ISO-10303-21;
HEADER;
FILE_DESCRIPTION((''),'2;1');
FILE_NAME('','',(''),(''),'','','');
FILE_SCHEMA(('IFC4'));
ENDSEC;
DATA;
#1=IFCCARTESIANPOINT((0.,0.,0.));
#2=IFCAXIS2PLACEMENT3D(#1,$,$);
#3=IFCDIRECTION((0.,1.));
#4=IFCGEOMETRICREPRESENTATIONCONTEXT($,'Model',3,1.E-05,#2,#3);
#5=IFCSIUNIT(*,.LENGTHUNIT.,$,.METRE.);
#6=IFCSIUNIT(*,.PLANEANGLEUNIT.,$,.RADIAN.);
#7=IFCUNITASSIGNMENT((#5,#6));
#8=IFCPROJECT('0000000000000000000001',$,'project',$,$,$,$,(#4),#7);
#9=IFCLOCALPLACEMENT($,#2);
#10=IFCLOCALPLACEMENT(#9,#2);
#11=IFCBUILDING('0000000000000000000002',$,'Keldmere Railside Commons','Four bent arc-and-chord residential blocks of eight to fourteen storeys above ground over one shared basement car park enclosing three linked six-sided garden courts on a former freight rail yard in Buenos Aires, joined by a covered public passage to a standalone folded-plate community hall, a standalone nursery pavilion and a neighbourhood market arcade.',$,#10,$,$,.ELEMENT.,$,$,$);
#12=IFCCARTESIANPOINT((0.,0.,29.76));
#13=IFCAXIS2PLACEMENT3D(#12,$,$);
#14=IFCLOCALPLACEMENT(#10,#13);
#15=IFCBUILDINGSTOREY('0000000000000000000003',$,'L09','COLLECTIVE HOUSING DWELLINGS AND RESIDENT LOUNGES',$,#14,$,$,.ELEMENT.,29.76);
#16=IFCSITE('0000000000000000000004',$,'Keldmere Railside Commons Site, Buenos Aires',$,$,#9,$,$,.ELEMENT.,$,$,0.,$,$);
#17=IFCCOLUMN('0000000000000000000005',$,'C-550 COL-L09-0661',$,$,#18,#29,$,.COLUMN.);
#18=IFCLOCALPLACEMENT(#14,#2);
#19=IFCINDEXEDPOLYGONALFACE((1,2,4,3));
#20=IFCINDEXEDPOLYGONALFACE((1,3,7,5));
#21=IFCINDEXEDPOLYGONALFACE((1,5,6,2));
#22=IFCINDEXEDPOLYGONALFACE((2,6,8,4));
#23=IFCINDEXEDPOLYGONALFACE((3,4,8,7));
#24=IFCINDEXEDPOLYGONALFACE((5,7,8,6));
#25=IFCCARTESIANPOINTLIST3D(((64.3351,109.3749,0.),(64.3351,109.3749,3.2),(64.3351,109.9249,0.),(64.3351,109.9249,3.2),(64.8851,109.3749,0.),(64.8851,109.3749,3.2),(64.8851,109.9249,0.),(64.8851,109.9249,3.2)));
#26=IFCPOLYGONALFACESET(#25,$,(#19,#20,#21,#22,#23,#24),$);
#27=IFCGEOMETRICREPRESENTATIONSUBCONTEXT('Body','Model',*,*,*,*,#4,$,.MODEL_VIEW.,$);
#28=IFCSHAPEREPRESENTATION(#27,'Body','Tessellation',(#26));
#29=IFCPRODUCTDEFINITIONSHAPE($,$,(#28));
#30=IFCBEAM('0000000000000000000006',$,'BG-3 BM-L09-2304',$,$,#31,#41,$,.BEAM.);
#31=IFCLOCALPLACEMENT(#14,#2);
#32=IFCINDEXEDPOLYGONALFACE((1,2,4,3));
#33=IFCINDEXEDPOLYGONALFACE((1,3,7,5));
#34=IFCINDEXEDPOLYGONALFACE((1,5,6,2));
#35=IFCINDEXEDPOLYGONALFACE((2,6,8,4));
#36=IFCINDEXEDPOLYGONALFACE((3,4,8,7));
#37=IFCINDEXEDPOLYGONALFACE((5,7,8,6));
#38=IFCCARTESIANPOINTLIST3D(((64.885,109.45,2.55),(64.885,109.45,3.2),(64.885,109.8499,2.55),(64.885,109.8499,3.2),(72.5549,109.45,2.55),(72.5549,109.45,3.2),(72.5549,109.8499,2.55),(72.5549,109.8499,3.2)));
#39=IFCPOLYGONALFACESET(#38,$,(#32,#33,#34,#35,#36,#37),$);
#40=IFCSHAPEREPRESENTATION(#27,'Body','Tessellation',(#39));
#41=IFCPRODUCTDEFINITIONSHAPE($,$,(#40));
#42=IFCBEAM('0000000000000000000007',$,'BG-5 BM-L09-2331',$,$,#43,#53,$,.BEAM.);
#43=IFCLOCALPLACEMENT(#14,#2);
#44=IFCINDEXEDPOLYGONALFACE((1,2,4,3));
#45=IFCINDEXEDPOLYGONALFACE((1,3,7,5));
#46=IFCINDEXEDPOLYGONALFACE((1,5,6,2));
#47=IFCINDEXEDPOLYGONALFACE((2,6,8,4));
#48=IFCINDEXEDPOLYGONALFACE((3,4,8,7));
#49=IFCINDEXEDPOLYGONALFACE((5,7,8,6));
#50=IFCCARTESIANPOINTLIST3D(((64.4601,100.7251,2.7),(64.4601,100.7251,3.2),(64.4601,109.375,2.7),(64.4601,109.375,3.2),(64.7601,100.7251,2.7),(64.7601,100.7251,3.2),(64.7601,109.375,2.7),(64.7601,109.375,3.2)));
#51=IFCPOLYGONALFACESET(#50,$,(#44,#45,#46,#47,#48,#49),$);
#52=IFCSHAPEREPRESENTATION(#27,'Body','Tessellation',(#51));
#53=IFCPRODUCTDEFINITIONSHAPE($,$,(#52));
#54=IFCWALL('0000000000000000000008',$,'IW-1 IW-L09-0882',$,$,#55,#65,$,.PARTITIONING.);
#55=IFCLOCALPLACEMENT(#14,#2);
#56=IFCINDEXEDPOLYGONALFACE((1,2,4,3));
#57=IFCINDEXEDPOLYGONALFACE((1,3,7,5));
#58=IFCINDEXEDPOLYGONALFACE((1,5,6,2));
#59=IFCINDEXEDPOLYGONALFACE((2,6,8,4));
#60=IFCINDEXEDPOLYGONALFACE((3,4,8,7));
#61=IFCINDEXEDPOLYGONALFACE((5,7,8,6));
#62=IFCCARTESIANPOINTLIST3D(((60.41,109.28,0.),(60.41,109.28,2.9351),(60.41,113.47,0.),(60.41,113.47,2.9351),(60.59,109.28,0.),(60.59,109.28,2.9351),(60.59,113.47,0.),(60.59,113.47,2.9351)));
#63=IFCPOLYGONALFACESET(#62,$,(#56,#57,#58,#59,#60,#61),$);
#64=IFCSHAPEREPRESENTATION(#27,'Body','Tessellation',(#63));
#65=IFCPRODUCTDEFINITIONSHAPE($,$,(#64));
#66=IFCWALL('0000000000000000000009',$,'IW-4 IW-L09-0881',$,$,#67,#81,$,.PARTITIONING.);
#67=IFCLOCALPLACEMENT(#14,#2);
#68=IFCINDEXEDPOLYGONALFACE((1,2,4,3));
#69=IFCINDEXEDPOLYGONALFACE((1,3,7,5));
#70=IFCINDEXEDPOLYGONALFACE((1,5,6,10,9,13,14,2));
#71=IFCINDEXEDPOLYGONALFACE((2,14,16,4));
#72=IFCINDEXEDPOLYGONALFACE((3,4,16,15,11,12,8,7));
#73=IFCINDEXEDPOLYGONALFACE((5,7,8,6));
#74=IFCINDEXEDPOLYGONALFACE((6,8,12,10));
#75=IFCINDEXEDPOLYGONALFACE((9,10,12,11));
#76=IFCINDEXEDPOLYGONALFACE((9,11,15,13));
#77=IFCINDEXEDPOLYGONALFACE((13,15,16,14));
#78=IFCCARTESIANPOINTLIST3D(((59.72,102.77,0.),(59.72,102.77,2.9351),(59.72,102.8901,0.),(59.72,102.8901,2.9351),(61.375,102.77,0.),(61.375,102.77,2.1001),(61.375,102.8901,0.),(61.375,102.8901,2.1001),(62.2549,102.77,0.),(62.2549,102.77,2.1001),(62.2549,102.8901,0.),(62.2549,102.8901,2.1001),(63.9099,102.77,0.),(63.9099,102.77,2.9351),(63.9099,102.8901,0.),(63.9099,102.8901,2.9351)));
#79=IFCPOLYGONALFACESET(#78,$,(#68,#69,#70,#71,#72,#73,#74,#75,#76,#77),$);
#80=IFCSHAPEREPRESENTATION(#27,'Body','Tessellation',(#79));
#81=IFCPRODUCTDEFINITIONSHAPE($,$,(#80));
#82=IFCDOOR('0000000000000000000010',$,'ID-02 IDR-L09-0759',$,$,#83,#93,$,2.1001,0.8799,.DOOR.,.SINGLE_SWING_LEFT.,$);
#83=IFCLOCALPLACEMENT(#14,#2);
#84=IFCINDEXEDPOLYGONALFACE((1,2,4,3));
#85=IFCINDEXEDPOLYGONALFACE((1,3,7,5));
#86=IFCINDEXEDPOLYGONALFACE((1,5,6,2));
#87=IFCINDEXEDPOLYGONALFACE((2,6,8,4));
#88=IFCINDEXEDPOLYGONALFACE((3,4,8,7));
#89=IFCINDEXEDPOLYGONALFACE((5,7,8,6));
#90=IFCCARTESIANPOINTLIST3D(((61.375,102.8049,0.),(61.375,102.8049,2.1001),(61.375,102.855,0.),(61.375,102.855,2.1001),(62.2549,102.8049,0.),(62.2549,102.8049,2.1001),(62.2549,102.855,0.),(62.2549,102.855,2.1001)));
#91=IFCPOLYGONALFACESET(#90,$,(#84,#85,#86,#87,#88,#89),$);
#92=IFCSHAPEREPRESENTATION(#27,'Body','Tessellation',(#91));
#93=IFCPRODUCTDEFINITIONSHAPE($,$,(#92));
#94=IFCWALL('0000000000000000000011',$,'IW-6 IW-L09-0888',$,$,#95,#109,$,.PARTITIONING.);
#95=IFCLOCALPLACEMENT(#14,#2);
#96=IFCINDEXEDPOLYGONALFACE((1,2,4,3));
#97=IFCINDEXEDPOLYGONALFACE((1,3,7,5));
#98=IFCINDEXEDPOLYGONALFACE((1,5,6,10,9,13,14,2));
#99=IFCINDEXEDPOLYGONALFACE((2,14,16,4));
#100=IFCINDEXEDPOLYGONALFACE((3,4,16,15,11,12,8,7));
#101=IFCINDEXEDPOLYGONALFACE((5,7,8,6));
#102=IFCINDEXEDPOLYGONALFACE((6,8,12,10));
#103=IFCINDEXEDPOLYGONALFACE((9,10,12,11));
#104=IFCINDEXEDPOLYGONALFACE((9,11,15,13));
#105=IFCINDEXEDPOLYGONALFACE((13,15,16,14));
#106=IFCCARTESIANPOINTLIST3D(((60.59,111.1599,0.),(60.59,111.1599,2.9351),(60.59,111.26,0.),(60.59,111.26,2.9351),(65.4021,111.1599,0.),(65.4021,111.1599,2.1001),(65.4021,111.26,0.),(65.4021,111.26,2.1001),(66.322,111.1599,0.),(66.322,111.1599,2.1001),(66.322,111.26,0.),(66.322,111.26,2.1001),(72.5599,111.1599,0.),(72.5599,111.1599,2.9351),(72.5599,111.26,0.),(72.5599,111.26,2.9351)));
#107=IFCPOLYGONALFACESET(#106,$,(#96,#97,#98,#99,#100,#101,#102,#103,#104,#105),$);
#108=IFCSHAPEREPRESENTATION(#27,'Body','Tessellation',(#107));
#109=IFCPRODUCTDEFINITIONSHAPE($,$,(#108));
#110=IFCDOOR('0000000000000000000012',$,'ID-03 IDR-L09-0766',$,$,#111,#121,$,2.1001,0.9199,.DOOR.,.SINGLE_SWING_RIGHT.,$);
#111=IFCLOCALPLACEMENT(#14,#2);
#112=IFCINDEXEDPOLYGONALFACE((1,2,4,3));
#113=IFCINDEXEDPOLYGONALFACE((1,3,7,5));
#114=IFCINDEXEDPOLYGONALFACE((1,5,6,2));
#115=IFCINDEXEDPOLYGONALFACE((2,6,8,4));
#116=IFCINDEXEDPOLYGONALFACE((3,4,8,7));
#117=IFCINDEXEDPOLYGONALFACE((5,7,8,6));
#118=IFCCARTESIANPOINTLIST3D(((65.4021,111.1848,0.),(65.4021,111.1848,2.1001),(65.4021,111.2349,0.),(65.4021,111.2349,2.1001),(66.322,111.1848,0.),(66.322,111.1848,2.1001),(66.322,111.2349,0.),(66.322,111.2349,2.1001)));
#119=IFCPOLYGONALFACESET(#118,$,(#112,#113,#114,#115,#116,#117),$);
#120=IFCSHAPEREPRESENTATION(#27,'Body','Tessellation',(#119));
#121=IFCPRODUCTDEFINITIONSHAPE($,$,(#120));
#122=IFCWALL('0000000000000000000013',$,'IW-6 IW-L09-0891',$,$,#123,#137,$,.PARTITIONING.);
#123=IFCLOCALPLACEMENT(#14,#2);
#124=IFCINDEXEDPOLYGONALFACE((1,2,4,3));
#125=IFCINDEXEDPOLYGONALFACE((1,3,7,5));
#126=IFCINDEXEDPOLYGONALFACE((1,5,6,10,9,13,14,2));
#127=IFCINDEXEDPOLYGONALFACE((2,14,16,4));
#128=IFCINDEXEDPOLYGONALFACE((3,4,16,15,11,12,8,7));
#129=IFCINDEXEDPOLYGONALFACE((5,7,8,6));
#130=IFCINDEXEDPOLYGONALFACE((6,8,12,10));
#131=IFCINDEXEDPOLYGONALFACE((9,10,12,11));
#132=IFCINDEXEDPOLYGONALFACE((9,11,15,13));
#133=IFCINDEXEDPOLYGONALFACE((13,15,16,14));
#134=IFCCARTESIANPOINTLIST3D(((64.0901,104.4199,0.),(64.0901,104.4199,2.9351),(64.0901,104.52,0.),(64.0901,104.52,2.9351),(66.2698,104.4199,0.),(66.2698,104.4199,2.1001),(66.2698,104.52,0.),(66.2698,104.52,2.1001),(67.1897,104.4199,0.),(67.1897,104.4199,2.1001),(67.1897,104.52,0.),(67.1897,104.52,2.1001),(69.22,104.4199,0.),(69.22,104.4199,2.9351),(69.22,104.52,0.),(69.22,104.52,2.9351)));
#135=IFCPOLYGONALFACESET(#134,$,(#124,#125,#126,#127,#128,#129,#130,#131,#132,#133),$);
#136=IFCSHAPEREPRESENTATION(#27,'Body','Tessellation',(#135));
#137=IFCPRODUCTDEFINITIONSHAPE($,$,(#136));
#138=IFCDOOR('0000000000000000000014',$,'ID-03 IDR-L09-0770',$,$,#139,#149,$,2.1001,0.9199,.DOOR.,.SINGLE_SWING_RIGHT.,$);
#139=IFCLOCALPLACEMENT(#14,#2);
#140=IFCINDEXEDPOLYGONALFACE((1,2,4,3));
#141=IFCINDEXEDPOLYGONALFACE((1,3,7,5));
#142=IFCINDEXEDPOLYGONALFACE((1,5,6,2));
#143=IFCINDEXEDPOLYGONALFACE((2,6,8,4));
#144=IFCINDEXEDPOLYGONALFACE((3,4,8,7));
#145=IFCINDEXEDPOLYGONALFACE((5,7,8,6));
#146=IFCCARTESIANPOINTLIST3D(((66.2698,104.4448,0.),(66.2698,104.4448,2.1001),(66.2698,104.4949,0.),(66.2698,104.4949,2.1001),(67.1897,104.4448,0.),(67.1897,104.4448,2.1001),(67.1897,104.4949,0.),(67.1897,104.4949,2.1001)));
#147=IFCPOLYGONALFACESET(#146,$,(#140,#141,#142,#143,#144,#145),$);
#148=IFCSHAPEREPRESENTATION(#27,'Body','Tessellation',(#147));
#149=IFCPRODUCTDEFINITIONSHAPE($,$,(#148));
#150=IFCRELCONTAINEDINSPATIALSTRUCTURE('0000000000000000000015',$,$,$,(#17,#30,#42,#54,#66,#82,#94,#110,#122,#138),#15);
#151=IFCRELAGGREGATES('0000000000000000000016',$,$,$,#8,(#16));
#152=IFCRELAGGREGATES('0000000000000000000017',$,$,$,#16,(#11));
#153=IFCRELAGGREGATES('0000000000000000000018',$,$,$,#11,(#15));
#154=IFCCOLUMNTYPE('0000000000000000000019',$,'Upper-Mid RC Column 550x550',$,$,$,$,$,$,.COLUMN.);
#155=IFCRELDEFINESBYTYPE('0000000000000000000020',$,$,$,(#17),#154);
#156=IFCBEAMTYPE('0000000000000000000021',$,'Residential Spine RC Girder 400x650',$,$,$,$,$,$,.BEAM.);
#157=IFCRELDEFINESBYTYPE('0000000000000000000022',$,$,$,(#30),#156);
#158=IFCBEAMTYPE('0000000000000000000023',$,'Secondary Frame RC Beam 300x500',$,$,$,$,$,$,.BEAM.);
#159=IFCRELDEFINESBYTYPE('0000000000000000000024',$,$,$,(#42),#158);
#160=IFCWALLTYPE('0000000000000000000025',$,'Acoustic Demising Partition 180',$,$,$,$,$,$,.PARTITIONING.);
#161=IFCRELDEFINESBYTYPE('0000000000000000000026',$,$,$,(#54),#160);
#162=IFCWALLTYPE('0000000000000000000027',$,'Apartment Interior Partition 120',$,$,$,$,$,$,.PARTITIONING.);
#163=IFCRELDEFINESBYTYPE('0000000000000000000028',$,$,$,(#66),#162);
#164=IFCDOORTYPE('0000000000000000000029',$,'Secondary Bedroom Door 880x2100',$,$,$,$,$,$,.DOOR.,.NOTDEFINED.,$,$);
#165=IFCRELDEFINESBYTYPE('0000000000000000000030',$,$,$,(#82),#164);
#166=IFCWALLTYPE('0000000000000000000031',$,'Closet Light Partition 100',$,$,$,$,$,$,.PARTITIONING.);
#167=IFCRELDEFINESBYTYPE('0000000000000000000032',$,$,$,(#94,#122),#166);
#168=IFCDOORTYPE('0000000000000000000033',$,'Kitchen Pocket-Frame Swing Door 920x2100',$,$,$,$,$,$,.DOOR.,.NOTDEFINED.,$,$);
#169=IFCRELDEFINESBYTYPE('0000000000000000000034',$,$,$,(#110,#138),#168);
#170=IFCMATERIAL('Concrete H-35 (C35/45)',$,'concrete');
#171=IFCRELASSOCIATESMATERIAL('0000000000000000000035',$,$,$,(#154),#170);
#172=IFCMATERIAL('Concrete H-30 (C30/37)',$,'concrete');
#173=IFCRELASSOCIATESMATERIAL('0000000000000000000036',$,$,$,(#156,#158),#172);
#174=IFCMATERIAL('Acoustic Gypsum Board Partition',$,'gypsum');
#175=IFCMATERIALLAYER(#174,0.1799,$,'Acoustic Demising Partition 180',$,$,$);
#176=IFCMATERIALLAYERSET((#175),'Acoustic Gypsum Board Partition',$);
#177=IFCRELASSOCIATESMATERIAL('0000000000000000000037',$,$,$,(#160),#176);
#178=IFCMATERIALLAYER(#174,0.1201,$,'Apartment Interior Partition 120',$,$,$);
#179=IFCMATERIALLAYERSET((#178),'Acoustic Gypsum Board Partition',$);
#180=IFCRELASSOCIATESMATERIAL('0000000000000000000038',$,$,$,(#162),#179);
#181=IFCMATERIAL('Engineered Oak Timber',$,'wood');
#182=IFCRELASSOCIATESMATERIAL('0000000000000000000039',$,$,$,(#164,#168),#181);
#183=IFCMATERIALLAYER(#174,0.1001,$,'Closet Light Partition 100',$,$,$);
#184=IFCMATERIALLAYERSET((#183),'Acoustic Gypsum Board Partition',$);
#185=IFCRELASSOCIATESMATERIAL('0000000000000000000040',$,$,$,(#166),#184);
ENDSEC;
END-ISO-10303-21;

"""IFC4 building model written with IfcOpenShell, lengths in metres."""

from ifc_helpers import new_model, si_unit, direction, frame, frame_2d, origin, origin_2d, place, context, subcontext, project, spatial, rectangle, extrude, material, layer, layer_set, material_profile, profile_set, type_object, element, fill, save


model = new_model("IFC4")

# Units and contexts
model_context = context("Model", 3, precision=1e-05, world=origin(), true_north=direction((0.0, 1.0)))
body_context = subcontext(model_context, "Body", "Model", "MODEL_VIEW")
ifc_project = project(units=[si_unit("LENGTHUNIT", "METRE"), si_unit("PLANEANGLEUNIT", "RADIAN")], contexts=[model_context])

# Site, building, storey
site_placement = place(None, origin())
site = spatial("IfcSite", under=ifc_project, at=site_placement, Name="Keldmere Railside Commons Site, Buenos Aires", CompositionType="ELEMENT", RefElevation=0.0)
building_placement = place(site_placement, origin())
building = spatial("IfcBuilding", under=site, at=building_placement, Name="Keldmere Railside Commons", Description="Four bent arc-and-chord residential blocks of eight to fourteen storeys above ground over one shared basement car park enclosing three linked six-sided garden courts on a former freight rail yard in Buenos Aires, joined by a covered public passage to a standalone folded-plate community hall, a standalone nursery pavilion and a neighbourhood market arcade.", CompositionType="ELEMENT")
storey_placement = place(building_placement, frame((0.0, 0.0, 29.76)))
storey = spatial("IfcBuildingStorey", under=building, at=storey_placement, Name="L09", Description="COLLECTIVE HOUSING DWELLINGS AND RESIDENT LOUNGES", CompositionType="ELEMENT", Elevation=29.76)

# Column
ifc_material_1 = material(Name="Concrete H-35 (C35/45)", Category="concrete")
ifc_material_profile_1 = material_profile(ifc_material_1, rectangle(XDim=0.55, YDim=0.55, at=origin_2d()), Name="RC-550x550")
ifc_profile_set_1 = profile_set([ifc_material_profile_1], Name="Concrete H-35 (C35/45)")
column_type = type_object("IfcColumnType", Name="Upper-Mid RC Column 550x550", PredefinedType="COLUMN", material=ifc_profile_set_1)
column_placement = place(storey_placement, frame((64.6101, 109.6499, 0.0), z_axis=(0.0, 0.0, 1.0), x_axis=(1.0, 0.0, 0.0)))
element("IfcColumn", 1, at=column_placement, inside=storey, type_object=column_type, Name="C-550 COL-L09-0661", PredefinedType="COLUMN", context=body_context, shape_type="SweptSolid", body=[
    extrude(rectangle(XDim=0.55, YDim=0.55, at=origin_2d()), origin(), (0.0, 0.0, 1.0), 3.2),
])

# Beams
ifc_material_2 = material(Name="Concrete H-30 (C30/37)", Category="concrete")
ifc_material_profile_2 = material_profile(ifc_material_2, rectangle(XDim=0.3999, YDim=0.6499, at=origin_2d()), Name="RC-400x650")
ifc_profile_set_2 = profile_set([ifc_material_profile_2], Name="Concrete H-30 (C30/37)")
beam_type_1 = type_object("IfcBeamType", Name="Residential Spine RC Girder 400x650", PredefinedType="BEAM", material=ifc_profile_set_2)
beam_1_placement = place(storey_placement, frame((64.885, 109.6499, 2.875), z_axis=(1.0, 0.0, 0.0), x_axis=(0.0, 1.0, 0.0)))
element("IfcBeam", 2, at=beam_1_placement, inside=storey, type_object=beam_type_1, Name="BG-3 BM-L09-2304", PredefinedType="BEAM", context=body_context, shape_type="SweptSolid", body=[
    extrude(rectangle(XDim=0.3999, YDim=0.6499, at=origin_2d()), origin(), (0.0, 0.0, 1.0), 7.6699),
])
ifc_material_profile_3 = material_profile(ifc_material_2, rectangle(XDim=0.3, YDim=0.5, at=origin_2d()), Name="RC-300x500")
ifc_profile_set_3 = profile_set([ifc_material_profile_3], Name="Concrete H-30 (C30/37)")
beam_type_2 = type_object("IfcBeamType", Name="Secondary Frame RC Beam 300x500", PredefinedType="BEAM", material=ifc_profile_set_3)
beam_2_placement = place(storey_placement, frame((64.6101, 100.7251, 2.95), z_axis=(0.0, 1.0, 0.0), x_axis=(-1.0, 0.0, 0.0)))
element("IfcBeam", 3, at=beam_2_placement, inside=storey, type_object=beam_type_2, Name="BG-5 BM-L09-2331", PredefinedType="BEAM", context=body_context, shape_type="SweptSolid", body=[
    extrude(rectangle(XDim=0.3, YDim=0.5, at=origin_2d()), origin(), (0.0, 0.0, 1.0), 8.6499),
])

# Wall
ifc_material_3 = material(Name="Acoustic Gypsum Board Partition", Category="gypsum")
ifc_layer_1 = layer(ifc_material_3, 0.1799, Name="Acoustic Demising Partition 180")
ifc_layer_set_1 = layer_set([ifc_layer_1], Name="Acoustic Gypsum Board Partition")
wall_type_1 = type_object("IfcWallType", Name="Acoustic Demising Partition 180", PredefinedType="PARTITIONING", material=ifc_layer_set_1)
wall_1_placement = place(storey_placement, frame((60.5, 109.28, 0.0), z_axis=(0.0, 0.0, 1.0), x_axis=(0.0, 1.0, 0.0)))
element("IfcWall", 4, at=wall_1_placement, inside=storey, type_object=wall_type_1, Name="IW-1 IW-L09-0882", PredefinedType="PARTITIONING", context=body_context, shape_type="SweptSolid", body=[
    extrude(rectangle(XDim=4.1899, YDim=0.1799, at=frame_2d((2.095, 0.0))), origin(), (0.0, 0.0, 1.0), 2.9351),
])

# Walls, openings, doors
ifc_layer_2 = layer(ifc_material_3, 0.1201, Name="Apartment Interior Partition 120")
ifc_layer_set_2 = layer_set([ifc_layer_2], Name="Acoustic Gypsum Board Partition")
wall_type_2 = type_object("IfcWallType", Name="Apartment Interior Partition 120", PredefinedType="PARTITIONING", material=ifc_layer_set_2)
wall_2_placement = place(storey_placement, frame((59.72, 102.8301, 0.0), z_axis=(0.0, 0.0, 1.0), x_axis=(1.0, 0.0, 0.0)))
wall_2 = element("IfcWall", 5, at=wall_2_placement, inside=storey, type_object=wall_type_2, Name="IW-4 IW-L09-0881", PredefinedType="PARTITIONING", context=body_context, shape_type="SweptSolid", body=[
    extrude(rectangle(XDim=4.1899, YDim=0.1201, at=frame_2d((2.095, 0.0))), origin(), (0.0, 0.0, 1.0), 2.9351),
])
opening_1_placement = place(wall_2_placement, frame((1.655, 0.0, 0.0)))
opening_1 = element("IfcOpeningElement", 6, at=opening_1_placement, cuts=wall_2, PredefinedType="OPENING", context=body_context, shape_type="SweptSolid", body=[
    extrude(rectangle(XDim=0.8799, YDim=2.1001, at=frame_2d((0.4399, 1.05))), frame((0.0, 0.0701, 0.0), z_axis=(0.0, -1.0, 0.0), x_axis=(1.0, 0.0, 0.0)), (0.0, 0.0, 1.0), 0.1401),
])
ifc_material_4 = material(Name="Engineered Oak Timber", Category="wood")
door_type_1 = type_object("IfcDoorType", Name="Secondary Bedroom Door 880x2100", OperationType="NOTDEFINED", PredefinedType="DOOR", material=ifc_material_4)
door_1_placement = place(opening_1_placement, origin())
door_1 = element("IfcDoor", 7, at=door_1_placement, inside=storey, type_object=door_type_1, Name="ID-02 IDR-L09-0759", OperationType="SINGLE_SWING_LEFT", OverallHeight=2.1001, OverallWidth=0.8799, PredefinedType="DOOR", context=body_context, shape_type="SweptSolid", body=[
    extrude(rectangle(XDim=0.8799, YDim=2.1001, at=frame_2d((0.4399, 1.05))), frame((0.0, 0.0249, 0.0), z_axis=(0.0, -1.0, 0.0), x_axis=(1.0, 0.0, 0.0)), (0.0, 0.0, 1.0), 0.05),
])
fill(opening_1, door_1)
ifc_layer_3 = layer(ifc_material_3, 0.1001, Name="Closet Light Partition 100")
ifc_layer_set_3 = layer_set([ifc_layer_3], Name="Acoustic Gypsum Board Partition")
wall_type_3 = type_object("IfcWallType", Name="Closet Light Partition 100", PredefinedType="PARTITIONING", material=ifc_layer_set_3)
wall_3_placement = place(storey_placement, frame((60.5901, 111.21, 0.0), z_axis=(0.0, 0.0, 1.0), x_axis=(1.0, 0.0, 0.0)))
wall_3 = element("IfcWall", 8, at=wall_3_placement, inside=storey, type_object=wall_type_3, Name="IW-6 IW-L09-0888", PredefinedType="PARTITIONING", context=body_context, shape_type="SweptSolid", body=[
    extrude(rectangle(XDim=11.97, YDim=0.1001, at=frame_2d((5.9849, 0.0))), origin(), (0.0, 0.0, 1.0), 2.9351),
])
opening_2_placement = place(wall_3_placement, frame((4.812, 0.0, 0.0)))
opening_2 = element("IfcOpeningElement", 9, at=opening_2_placement, cuts=wall_3, PredefinedType="OPENING", context=body_context, shape_type="SweptSolid", body=[
    extrude(rectangle(XDim=0.9199, YDim=2.1001, at=frame_2d((0.46, 1.05))), frame((0.0, 0.0601, 0.0), z_axis=(0.0, -1.0, 0.0), x_axis=(1.0, 0.0, 0.0)), (0.0, 0.0, 1.0), 0.1201),
])
door_type_2 = type_object("IfcDoorType", Name="Kitchen Pocket-Frame Swing Door 920x2100", OperationType="NOTDEFINED", PredefinedType="DOOR", material=ifc_material_4)
door_2_placement = place(opening_2_placement, origin())
door_2 = element("IfcDoor", 10, at=door_2_placement, inside=storey, type_object=door_type_2, Name="ID-03 IDR-L09-0766", OperationType="SINGLE_SWING_RIGHT", OverallHeight=2.1001, OverallWidth=0.9199, PredefinedType="DOOR", context=body_context, shape_type="SweptSolid", body=[
    extrude(rectangle(XDim=0.9199, YDim=2.1001, at=frame_2d((0.46, 1.05))), frame((0.0, 0.0249, 0.0), z_axis=(0.0, -1.0, 0.0), x_axis=(1.0, 0.0, 0.0)), (0.0, 0.0, 1.0), 0.05),
])
fill(opening_2, door_2)
wall_4_placement = place(storey_placement, frame((64.0901, 104.47, 0.0), z_axis=(0.0, 0.0, 1.0), x_axis=(1.0, 0.0, 0.0)))
wall_4 = element("IfcWall", 11, at=wall_4_placement, inside=storey, type_object=wall_type_3, Name="IW-6 IW-L09-0891", PredefinedType="PARTITIONING", context=body_context, shape_type="SweptSolid", body=[
    extrude(rectangle(XDim=5.1299, YDim=0.1001, at=frame_2d((2.5649, 0.0))), origin(), (0.0, 0.0, 1.0), 2.9351),
])
opening_3_placement = place(wall_4_placement, frame((2.1797, 0.0, 0.0)))
opening_3 = element("IfcOpeningElement", 12, at=opening_3_placement, cuts=wall_4, PredefinedType="OPENING", context=body_context, shape_type="SweptSolid", body=[
    extrude(rectangle(XDim=0.9199, YDim=2.1001, at=frame_2d((0.46, 1.05))), frame((0.0, 0.0601, 0.0), z_axis=(0.0, -1.0, 0.0), x_axis=(1.0, 0.0, 0.0)), (0.0, 0.0, 1.0), 0.1201),
])
door_3_placement = place(opening_3_placement, origin())
door_3 = element("IfcDoor", 13, at=door_3_placement, inside=storey, type_object=door_type_2, Name="ID-03 IDR-L09-0770", OperationType="SINGLE_SWING_RIGHT", OverallHeight=2.1001, OverallWidth=0.9199, PredefinedType="DOOR", context=body_context, shape_type="SweptSolid", body=[
    extrude(rectangle(XDim=0.9199, YDim=2.1001, at=frame_2d((0.46, 1.05))), frame((0.0, 0.0249, 0.0), z_axis=(0.0, -1.0, 0.0), x_axis=(1.0, 0.0, 0.0)), (0.0, 0.0, 1.0), 0.05),
])
fill(opening_3, door_3)

save(model, "model.ifc")
